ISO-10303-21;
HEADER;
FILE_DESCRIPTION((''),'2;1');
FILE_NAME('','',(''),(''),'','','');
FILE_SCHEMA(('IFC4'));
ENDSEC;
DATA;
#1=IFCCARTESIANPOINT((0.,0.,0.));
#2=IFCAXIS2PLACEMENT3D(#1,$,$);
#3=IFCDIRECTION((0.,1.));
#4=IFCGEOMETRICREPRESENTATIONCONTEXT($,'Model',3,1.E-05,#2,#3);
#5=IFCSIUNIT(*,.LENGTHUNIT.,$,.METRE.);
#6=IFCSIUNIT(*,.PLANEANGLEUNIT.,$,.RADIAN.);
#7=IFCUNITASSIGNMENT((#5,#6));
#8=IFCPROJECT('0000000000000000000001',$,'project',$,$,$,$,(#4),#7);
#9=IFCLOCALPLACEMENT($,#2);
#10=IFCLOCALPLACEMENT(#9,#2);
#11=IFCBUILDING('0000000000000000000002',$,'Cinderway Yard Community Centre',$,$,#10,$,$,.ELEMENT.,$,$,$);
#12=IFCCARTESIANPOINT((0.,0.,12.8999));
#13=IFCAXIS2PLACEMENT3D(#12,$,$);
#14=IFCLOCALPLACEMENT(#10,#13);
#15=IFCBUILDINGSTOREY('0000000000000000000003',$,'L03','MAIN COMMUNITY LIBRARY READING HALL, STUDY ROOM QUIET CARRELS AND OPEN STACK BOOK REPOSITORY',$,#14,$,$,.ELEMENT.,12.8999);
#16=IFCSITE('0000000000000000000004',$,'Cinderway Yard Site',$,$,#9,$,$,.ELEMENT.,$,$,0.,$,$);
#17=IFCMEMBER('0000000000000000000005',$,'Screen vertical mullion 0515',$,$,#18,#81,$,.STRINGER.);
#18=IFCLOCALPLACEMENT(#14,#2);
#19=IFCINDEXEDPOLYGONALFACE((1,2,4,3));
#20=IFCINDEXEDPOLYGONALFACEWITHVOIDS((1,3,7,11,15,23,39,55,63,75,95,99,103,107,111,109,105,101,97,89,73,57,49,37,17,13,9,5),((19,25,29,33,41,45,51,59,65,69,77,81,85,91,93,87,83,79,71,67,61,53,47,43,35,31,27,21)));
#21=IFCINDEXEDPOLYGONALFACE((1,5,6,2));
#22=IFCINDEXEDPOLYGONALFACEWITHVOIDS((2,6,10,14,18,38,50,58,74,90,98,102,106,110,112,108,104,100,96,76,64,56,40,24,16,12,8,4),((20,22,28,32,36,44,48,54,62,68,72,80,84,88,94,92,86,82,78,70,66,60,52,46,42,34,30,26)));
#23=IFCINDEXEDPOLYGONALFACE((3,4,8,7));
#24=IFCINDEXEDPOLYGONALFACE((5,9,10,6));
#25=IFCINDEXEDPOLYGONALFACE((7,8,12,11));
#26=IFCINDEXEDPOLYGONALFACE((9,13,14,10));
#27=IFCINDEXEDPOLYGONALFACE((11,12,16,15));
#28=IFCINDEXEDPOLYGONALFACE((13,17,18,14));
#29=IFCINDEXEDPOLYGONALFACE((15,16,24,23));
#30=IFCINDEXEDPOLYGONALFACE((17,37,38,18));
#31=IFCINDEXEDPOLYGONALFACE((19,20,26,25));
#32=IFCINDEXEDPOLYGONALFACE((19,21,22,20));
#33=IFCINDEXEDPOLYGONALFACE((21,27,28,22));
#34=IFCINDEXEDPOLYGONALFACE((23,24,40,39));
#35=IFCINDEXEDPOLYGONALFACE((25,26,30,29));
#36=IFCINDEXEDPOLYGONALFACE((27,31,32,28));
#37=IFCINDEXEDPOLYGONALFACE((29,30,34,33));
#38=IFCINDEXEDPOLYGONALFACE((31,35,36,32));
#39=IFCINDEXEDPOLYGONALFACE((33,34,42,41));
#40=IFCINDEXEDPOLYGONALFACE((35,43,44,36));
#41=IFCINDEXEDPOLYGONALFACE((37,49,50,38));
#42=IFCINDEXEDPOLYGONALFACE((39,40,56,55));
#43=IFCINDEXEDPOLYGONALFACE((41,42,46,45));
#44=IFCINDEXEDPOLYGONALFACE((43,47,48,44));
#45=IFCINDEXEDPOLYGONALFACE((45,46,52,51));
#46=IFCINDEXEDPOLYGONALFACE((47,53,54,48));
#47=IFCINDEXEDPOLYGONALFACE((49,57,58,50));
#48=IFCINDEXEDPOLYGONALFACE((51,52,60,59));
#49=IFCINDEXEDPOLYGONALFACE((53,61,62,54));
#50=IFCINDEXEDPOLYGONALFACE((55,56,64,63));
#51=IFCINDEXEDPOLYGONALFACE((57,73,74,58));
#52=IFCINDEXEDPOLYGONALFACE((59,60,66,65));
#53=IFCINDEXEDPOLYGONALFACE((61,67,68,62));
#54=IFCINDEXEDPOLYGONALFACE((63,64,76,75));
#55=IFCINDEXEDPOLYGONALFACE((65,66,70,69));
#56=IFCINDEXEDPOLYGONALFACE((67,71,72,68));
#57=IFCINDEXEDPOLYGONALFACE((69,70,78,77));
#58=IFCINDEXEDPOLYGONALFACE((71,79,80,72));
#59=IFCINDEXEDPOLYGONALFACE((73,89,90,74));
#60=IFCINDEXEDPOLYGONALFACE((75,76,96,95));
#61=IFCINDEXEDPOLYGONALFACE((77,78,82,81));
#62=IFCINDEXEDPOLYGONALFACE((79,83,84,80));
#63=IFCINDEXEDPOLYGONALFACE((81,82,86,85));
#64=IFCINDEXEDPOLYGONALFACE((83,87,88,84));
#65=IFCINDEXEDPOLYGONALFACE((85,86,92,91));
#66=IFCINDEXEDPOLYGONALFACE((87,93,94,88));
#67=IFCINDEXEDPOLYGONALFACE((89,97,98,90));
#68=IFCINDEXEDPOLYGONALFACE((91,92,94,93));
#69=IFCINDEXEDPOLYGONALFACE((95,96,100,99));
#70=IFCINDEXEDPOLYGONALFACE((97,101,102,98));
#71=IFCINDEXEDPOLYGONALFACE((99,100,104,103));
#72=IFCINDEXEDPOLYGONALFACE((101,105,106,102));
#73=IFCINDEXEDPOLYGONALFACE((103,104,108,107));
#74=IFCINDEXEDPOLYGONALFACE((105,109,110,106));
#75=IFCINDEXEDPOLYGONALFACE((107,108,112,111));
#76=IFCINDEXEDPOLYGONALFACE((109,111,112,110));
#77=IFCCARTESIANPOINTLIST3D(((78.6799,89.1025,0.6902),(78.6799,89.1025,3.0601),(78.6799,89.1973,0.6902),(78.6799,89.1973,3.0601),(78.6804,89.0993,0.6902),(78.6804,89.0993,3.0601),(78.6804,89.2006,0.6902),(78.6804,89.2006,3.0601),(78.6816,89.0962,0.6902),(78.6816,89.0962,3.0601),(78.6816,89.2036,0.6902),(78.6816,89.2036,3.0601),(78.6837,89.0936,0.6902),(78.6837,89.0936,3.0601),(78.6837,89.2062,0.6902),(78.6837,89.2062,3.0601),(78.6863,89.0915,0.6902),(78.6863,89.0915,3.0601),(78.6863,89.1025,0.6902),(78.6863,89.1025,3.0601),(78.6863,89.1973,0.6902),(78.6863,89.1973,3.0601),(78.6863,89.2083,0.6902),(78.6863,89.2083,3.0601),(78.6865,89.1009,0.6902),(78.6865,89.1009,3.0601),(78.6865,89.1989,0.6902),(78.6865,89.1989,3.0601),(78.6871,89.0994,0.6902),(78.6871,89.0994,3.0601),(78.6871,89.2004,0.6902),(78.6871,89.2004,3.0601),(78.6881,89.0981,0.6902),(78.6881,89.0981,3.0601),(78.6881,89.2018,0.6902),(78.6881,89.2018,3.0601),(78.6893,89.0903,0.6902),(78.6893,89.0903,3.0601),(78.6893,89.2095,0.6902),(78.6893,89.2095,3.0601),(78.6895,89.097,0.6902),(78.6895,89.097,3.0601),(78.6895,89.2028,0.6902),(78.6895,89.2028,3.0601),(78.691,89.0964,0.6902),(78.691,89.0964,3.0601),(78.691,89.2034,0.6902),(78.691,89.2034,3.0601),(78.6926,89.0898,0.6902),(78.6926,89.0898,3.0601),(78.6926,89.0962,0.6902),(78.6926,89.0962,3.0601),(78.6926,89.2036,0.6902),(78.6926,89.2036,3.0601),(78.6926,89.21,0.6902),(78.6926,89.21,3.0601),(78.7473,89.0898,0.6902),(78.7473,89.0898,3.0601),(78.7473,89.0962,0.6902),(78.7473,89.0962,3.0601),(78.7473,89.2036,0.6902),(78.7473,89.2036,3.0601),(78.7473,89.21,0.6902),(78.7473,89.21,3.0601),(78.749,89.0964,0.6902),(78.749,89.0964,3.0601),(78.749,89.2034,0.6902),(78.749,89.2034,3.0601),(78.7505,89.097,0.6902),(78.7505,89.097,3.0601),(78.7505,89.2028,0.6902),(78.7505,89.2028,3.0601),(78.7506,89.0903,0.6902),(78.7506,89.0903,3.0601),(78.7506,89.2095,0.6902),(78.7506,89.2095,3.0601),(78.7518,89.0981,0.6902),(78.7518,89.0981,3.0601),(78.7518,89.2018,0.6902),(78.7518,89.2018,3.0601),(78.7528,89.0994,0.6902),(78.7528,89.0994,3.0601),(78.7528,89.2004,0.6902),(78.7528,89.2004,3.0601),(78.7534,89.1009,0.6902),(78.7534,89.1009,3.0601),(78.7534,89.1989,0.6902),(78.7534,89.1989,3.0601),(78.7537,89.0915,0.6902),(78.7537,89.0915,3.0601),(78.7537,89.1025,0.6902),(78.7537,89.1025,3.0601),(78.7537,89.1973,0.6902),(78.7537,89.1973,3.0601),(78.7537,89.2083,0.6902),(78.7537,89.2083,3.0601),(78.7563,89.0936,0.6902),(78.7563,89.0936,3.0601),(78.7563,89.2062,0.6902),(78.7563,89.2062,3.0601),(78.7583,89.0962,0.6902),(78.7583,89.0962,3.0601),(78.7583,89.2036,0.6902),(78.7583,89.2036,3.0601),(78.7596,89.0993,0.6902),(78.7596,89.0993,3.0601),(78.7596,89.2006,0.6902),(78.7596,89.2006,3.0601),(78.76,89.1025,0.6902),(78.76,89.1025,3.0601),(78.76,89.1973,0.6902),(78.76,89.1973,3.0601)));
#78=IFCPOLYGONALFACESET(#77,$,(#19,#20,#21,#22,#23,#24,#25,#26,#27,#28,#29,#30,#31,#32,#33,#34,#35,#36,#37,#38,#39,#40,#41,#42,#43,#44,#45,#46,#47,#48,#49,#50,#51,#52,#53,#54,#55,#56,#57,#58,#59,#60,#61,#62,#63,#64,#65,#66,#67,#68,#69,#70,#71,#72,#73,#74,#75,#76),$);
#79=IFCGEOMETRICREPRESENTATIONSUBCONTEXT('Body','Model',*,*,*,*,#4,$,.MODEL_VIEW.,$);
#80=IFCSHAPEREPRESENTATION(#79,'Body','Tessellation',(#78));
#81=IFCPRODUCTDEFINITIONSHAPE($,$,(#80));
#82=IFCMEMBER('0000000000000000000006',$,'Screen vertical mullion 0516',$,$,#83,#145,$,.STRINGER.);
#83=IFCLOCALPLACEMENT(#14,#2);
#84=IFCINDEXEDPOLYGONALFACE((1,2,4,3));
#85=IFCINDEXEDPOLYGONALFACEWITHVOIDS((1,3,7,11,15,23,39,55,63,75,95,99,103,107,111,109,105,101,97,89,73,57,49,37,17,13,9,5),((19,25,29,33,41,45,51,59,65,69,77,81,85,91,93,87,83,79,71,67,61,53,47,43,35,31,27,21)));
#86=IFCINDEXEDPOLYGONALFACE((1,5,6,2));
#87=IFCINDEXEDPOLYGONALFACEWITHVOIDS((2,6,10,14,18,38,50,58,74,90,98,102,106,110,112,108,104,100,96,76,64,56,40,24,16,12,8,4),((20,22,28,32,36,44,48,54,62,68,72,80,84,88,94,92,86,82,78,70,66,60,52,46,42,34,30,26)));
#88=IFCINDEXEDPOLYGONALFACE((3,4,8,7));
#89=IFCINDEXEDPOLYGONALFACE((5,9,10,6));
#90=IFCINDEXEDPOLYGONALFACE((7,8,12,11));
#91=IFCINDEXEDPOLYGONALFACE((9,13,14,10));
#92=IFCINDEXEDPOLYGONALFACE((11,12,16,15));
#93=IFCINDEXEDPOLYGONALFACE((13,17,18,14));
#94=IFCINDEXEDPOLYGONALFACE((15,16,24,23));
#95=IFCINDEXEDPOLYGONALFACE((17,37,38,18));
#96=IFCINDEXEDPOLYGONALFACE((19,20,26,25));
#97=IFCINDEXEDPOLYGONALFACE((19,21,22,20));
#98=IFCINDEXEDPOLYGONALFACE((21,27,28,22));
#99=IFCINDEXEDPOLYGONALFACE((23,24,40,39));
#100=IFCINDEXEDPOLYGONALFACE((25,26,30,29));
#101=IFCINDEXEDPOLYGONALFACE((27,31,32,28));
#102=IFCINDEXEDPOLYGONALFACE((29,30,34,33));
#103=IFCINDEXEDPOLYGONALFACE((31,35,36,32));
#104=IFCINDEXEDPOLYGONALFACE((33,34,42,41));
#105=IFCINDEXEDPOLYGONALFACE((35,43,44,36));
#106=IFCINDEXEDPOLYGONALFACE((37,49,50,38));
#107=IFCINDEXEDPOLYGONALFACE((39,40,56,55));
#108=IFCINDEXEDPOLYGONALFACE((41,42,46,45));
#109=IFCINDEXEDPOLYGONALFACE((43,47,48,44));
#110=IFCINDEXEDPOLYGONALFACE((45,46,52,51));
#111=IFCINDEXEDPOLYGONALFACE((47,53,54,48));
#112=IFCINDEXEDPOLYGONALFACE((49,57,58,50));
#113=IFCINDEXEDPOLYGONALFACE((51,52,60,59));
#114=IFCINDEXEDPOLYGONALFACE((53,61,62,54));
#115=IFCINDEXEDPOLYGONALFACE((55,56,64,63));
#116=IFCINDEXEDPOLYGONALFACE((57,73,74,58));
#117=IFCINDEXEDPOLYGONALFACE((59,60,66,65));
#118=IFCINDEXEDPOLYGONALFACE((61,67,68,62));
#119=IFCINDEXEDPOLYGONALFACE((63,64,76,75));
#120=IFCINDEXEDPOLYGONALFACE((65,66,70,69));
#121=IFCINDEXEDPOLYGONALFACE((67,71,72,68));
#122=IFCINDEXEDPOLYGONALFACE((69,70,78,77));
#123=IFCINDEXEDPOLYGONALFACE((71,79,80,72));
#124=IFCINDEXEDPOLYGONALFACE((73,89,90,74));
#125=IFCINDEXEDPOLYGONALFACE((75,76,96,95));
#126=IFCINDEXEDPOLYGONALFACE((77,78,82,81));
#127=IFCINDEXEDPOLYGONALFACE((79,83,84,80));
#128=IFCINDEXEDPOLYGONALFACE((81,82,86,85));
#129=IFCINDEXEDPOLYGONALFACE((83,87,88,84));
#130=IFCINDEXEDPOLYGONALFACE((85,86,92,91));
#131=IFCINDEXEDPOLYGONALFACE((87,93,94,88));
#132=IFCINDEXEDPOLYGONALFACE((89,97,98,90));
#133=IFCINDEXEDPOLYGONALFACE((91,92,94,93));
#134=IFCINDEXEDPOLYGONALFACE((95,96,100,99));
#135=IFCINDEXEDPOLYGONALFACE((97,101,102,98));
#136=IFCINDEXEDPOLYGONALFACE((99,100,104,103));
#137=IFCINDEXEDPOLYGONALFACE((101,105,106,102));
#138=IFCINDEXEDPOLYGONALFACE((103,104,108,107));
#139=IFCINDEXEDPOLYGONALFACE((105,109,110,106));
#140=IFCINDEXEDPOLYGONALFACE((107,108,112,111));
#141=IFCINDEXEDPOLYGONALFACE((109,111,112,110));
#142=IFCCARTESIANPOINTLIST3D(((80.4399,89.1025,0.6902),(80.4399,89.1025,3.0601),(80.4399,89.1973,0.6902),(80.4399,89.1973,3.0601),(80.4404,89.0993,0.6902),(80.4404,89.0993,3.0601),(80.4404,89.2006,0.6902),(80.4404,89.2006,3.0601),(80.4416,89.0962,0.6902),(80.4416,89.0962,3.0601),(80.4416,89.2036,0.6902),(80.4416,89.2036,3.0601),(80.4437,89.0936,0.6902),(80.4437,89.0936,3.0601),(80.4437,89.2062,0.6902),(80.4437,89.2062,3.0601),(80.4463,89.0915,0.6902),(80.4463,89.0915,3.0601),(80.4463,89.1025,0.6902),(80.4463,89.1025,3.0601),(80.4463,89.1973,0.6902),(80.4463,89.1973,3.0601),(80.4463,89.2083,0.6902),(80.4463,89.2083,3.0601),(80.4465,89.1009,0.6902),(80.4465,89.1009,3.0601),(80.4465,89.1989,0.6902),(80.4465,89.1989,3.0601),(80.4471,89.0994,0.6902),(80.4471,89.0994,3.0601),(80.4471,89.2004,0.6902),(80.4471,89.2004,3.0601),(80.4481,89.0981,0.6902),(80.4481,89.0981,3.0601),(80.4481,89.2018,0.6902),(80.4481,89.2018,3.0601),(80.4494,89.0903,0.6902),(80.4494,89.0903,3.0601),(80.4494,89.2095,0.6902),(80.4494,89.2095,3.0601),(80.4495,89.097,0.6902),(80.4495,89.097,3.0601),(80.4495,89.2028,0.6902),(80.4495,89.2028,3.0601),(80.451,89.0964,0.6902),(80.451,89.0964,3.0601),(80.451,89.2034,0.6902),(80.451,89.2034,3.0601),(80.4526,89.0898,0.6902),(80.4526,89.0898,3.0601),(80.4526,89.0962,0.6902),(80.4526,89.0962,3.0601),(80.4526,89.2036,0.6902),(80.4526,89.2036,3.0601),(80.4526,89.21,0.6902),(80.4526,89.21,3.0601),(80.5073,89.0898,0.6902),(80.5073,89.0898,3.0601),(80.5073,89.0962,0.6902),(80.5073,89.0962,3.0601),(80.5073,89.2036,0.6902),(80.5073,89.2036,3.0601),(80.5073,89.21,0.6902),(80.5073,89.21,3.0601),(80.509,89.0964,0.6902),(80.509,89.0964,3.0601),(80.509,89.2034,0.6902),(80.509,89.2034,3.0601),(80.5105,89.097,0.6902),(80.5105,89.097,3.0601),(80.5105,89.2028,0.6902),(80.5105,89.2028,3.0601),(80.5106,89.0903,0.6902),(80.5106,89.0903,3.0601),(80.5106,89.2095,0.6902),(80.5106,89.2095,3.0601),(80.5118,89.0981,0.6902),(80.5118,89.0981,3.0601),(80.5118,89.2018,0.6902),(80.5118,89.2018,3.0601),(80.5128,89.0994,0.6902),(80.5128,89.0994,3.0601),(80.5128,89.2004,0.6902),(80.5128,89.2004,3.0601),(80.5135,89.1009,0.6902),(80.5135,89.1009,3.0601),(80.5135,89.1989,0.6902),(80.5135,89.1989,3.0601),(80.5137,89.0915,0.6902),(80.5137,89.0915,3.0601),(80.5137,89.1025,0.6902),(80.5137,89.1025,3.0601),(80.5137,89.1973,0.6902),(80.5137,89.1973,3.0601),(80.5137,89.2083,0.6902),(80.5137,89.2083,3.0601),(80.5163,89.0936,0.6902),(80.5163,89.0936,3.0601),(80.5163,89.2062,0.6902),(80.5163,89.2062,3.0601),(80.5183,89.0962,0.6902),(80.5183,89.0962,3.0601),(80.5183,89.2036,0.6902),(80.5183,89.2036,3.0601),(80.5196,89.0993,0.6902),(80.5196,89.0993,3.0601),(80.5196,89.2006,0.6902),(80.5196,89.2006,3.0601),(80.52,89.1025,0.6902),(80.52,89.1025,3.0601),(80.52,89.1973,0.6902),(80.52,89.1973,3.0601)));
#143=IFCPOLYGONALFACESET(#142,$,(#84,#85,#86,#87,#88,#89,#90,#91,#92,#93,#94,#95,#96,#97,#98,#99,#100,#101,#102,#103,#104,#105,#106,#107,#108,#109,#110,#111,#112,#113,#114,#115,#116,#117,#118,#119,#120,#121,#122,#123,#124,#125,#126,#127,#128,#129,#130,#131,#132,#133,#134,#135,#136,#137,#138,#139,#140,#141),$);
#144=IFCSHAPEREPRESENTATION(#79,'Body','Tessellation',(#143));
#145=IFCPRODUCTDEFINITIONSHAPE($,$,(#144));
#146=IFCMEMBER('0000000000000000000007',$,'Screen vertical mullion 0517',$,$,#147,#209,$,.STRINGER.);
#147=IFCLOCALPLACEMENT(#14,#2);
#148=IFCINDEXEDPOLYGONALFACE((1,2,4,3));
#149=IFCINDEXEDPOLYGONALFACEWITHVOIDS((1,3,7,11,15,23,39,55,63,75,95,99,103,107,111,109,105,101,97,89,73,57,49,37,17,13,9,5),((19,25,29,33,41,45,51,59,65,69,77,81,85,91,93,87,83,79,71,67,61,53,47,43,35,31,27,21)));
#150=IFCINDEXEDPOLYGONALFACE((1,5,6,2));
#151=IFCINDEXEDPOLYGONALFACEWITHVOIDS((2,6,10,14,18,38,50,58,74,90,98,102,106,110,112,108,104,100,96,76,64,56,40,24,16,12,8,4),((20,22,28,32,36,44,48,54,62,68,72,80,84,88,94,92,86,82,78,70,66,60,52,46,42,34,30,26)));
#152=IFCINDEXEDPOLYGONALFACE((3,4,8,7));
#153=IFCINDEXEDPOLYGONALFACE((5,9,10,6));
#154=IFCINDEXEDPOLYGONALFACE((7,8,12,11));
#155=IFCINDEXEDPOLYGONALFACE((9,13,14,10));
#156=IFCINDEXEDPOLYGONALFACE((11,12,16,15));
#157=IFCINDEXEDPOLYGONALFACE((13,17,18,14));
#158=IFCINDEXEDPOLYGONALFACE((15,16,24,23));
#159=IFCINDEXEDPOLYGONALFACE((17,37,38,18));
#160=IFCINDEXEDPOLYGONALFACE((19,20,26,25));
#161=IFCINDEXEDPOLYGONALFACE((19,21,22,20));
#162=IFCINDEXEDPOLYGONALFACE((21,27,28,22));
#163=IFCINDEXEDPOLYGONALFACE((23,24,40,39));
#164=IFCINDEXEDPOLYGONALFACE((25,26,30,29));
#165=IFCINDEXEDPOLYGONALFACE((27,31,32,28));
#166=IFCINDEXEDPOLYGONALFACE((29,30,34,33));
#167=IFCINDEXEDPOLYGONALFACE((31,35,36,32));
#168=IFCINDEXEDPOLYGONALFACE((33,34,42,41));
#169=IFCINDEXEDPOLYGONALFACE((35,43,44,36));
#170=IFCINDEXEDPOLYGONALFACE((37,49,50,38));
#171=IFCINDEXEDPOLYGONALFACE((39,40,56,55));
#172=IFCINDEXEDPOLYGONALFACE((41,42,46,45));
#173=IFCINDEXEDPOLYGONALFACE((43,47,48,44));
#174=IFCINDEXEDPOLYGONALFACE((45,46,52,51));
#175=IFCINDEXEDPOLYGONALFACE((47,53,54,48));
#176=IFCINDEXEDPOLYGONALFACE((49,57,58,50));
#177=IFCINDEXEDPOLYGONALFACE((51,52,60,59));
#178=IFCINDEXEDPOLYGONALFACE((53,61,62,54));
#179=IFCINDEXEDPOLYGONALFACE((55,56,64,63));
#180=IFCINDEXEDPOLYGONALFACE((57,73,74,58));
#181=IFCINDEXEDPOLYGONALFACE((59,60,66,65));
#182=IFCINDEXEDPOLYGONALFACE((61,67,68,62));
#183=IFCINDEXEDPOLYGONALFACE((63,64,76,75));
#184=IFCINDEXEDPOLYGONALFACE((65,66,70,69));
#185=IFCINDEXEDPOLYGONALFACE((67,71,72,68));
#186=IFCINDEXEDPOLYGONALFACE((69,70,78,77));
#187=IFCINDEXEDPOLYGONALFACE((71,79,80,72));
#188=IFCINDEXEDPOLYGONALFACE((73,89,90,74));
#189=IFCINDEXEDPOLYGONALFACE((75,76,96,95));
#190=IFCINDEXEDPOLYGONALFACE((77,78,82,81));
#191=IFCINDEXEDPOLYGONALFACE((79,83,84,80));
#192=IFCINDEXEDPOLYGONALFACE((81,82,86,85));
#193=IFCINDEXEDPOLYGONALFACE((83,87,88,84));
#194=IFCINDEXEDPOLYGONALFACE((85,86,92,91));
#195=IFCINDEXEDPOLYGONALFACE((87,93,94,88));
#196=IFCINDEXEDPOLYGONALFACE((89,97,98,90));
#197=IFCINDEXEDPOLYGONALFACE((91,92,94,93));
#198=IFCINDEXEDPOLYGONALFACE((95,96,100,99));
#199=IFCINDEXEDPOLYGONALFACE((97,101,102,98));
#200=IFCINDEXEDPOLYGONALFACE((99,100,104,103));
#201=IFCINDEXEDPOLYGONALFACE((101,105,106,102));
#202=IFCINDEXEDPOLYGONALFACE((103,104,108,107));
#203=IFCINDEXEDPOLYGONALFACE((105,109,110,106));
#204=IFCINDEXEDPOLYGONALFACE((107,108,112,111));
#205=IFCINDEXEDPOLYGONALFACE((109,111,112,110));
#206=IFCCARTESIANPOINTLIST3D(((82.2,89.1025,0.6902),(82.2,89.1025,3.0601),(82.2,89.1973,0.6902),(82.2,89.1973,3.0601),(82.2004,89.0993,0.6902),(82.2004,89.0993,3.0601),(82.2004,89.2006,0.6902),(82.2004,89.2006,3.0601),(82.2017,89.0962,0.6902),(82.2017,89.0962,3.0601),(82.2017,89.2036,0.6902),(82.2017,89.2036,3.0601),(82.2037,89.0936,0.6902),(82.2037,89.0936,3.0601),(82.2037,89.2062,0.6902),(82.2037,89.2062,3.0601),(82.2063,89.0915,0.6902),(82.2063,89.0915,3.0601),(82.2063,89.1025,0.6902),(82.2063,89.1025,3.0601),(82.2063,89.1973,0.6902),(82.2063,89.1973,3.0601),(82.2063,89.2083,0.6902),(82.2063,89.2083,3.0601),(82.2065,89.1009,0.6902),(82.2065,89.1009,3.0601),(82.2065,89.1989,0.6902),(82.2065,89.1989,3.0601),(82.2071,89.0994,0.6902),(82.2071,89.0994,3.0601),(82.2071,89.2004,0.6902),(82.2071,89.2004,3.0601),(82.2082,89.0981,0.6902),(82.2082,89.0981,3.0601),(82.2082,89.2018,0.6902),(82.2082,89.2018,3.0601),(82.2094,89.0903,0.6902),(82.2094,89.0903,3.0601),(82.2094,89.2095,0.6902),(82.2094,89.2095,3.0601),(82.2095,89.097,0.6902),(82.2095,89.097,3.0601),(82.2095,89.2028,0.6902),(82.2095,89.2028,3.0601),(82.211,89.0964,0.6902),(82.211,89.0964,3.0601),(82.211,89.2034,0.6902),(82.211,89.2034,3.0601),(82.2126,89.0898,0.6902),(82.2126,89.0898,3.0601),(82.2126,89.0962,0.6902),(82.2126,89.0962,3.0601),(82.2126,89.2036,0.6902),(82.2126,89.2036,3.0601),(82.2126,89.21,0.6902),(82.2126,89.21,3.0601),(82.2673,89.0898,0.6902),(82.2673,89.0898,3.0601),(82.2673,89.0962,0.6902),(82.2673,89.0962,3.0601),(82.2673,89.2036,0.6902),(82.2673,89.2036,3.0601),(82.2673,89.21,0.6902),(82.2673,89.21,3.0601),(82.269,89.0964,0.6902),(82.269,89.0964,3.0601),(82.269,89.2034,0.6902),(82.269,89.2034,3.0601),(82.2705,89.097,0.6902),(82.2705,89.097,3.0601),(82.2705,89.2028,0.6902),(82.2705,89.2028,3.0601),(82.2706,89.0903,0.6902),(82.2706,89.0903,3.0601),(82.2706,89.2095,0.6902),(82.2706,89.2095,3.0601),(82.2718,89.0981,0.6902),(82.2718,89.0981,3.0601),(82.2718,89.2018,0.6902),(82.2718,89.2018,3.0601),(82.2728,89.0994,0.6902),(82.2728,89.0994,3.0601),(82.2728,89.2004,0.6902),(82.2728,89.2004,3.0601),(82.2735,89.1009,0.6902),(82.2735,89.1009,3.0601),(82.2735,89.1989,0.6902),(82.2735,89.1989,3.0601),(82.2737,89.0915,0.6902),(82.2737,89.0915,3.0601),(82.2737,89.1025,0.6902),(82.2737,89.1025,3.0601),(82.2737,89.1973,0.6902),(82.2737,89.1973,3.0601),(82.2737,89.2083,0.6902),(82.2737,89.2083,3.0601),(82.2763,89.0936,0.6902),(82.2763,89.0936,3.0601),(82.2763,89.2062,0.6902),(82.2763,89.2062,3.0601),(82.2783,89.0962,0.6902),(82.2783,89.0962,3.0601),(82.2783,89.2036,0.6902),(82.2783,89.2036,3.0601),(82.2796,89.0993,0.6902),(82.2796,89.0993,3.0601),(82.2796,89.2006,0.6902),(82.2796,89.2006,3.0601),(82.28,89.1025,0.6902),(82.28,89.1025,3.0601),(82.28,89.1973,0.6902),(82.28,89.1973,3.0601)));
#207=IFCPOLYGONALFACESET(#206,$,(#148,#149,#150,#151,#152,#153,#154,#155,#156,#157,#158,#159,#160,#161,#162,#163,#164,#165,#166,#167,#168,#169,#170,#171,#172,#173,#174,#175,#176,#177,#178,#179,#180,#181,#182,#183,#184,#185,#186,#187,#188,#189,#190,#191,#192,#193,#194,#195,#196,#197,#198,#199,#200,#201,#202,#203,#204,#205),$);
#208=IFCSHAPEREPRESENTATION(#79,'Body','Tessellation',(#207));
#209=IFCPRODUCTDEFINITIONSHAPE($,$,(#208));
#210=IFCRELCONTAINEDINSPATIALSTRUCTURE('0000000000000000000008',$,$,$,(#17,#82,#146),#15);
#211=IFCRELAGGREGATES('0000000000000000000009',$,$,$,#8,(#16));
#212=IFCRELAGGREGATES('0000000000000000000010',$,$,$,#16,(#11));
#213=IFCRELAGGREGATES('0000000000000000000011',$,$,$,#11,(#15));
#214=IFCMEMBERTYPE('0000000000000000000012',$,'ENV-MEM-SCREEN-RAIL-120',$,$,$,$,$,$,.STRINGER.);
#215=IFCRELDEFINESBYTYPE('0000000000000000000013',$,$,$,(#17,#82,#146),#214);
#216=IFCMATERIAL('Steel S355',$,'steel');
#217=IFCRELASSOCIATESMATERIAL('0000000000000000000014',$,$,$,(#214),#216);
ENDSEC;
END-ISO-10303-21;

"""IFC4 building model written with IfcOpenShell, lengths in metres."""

from ifc_helpers import new_model, si_unit, direction, frame, origin, origin_2d, place, context, subcontext, project, spatial, hollow_rectangle, extrude, material, material_profile, profile_set, type_object, element, save


model = new_model("IFC4")

# Units and contexts
model_context = context("Model", 3, precision=1e-05, world=origin(), true_north=direction((0.0, 1.0)))
body_context = subcontext(model_context, "Body", "Model", "MODEL_VIEW")
ifc_project = project(units=[si_unit("LENGTHUNIT", "METRE"), si_unit("PLANEANGLEUNIT", "RADIAN")], contexts=[model_context])

# Site, building, storey
site_placement = place(None, origin())
site = spatial("IfcSite", under=ifc_project, at=site_placement, Name="Cinderway Yard Site", CompositionType="ELEMENT", RefElevation=0.0)
building_placement = place(site_placement, origin())
building = spatial("IfcBuilding", under=site, at=building_placement, Name="Cinderway Yard Community Centre", CompositionType="ELEMENT")
storey_placement = place(building_placement, frame((0.0, 0.0, 12.8999)))
storey = spatial("IfcBuildingStorey", under=building, at=storey_placement, Name="L03", Description="MAIN COMMUNITY LIBRARY READING HALL, STUDY ROOM QUIET CARRELS AND OPEN STACK BOOK REPOSITORY", CompositionType="ELEMENT", Elevation=12.8999)

# Members
ifc_material_1 = material(Name="Steel S355", Category="steel")
ifc_material_profile = material_profile(ifc_material_1, hollow_rectangle(XDim=0.0801, YDim=0.1201, WallThickness=0.0063, InnerFilletRadius=0.0063, OuterFilletRadius=0.0127, at=origin_2d()), Name="Steel S355")
ifc_profile_set = profile_set([ifc_material_profile], Name="Steel S355")
member_type = type_object("IfcMemberType", Name="ENV-MEM-SCREEN-RAIL-120", PredefinedType="STRINGER", material=ifc_profile_set)
for number, where, z_axis, x_axis, name in (
    (1, (78.72, 89.1499, 0.6902), (0.0, 0.0, 1.0), (1.0, 0.0, 0.0), "Screen vertical mullion 0515"),
    (2, (80.48, 89.1499, 0.6902), (0.0, 0.0, 1.0), (1.0, 0.0, 0.0), "Screen vertical mullion 0516"),
    (3, (82.24, 89.1499, 0.6902), (0.0, 0.0, 1.0), (1.0, 0.0, 0.0), "Screen vertical mullion 0517"),
):
    element("IfcMember", number, at=place(storey_placement, frame(where, z_axis=z_axis, x_axis=x_axis)), inside=storey, type_object=member_type, Name=name, PredefinedType="STRINGER", context=body_context, shape_type="SweptSolid", body=[
        extrude(hollow_rectangle(XDim=0.0801, YDim=0.1201, WallThickness=0.0063, InnerFilletRadius=0.0063, OuterFilletRadius=0.0127, at=origin_2d()), origin(), (0.0, 0.0, 1.0), 2.3699),
    ])

save(model, "model.ifc")
